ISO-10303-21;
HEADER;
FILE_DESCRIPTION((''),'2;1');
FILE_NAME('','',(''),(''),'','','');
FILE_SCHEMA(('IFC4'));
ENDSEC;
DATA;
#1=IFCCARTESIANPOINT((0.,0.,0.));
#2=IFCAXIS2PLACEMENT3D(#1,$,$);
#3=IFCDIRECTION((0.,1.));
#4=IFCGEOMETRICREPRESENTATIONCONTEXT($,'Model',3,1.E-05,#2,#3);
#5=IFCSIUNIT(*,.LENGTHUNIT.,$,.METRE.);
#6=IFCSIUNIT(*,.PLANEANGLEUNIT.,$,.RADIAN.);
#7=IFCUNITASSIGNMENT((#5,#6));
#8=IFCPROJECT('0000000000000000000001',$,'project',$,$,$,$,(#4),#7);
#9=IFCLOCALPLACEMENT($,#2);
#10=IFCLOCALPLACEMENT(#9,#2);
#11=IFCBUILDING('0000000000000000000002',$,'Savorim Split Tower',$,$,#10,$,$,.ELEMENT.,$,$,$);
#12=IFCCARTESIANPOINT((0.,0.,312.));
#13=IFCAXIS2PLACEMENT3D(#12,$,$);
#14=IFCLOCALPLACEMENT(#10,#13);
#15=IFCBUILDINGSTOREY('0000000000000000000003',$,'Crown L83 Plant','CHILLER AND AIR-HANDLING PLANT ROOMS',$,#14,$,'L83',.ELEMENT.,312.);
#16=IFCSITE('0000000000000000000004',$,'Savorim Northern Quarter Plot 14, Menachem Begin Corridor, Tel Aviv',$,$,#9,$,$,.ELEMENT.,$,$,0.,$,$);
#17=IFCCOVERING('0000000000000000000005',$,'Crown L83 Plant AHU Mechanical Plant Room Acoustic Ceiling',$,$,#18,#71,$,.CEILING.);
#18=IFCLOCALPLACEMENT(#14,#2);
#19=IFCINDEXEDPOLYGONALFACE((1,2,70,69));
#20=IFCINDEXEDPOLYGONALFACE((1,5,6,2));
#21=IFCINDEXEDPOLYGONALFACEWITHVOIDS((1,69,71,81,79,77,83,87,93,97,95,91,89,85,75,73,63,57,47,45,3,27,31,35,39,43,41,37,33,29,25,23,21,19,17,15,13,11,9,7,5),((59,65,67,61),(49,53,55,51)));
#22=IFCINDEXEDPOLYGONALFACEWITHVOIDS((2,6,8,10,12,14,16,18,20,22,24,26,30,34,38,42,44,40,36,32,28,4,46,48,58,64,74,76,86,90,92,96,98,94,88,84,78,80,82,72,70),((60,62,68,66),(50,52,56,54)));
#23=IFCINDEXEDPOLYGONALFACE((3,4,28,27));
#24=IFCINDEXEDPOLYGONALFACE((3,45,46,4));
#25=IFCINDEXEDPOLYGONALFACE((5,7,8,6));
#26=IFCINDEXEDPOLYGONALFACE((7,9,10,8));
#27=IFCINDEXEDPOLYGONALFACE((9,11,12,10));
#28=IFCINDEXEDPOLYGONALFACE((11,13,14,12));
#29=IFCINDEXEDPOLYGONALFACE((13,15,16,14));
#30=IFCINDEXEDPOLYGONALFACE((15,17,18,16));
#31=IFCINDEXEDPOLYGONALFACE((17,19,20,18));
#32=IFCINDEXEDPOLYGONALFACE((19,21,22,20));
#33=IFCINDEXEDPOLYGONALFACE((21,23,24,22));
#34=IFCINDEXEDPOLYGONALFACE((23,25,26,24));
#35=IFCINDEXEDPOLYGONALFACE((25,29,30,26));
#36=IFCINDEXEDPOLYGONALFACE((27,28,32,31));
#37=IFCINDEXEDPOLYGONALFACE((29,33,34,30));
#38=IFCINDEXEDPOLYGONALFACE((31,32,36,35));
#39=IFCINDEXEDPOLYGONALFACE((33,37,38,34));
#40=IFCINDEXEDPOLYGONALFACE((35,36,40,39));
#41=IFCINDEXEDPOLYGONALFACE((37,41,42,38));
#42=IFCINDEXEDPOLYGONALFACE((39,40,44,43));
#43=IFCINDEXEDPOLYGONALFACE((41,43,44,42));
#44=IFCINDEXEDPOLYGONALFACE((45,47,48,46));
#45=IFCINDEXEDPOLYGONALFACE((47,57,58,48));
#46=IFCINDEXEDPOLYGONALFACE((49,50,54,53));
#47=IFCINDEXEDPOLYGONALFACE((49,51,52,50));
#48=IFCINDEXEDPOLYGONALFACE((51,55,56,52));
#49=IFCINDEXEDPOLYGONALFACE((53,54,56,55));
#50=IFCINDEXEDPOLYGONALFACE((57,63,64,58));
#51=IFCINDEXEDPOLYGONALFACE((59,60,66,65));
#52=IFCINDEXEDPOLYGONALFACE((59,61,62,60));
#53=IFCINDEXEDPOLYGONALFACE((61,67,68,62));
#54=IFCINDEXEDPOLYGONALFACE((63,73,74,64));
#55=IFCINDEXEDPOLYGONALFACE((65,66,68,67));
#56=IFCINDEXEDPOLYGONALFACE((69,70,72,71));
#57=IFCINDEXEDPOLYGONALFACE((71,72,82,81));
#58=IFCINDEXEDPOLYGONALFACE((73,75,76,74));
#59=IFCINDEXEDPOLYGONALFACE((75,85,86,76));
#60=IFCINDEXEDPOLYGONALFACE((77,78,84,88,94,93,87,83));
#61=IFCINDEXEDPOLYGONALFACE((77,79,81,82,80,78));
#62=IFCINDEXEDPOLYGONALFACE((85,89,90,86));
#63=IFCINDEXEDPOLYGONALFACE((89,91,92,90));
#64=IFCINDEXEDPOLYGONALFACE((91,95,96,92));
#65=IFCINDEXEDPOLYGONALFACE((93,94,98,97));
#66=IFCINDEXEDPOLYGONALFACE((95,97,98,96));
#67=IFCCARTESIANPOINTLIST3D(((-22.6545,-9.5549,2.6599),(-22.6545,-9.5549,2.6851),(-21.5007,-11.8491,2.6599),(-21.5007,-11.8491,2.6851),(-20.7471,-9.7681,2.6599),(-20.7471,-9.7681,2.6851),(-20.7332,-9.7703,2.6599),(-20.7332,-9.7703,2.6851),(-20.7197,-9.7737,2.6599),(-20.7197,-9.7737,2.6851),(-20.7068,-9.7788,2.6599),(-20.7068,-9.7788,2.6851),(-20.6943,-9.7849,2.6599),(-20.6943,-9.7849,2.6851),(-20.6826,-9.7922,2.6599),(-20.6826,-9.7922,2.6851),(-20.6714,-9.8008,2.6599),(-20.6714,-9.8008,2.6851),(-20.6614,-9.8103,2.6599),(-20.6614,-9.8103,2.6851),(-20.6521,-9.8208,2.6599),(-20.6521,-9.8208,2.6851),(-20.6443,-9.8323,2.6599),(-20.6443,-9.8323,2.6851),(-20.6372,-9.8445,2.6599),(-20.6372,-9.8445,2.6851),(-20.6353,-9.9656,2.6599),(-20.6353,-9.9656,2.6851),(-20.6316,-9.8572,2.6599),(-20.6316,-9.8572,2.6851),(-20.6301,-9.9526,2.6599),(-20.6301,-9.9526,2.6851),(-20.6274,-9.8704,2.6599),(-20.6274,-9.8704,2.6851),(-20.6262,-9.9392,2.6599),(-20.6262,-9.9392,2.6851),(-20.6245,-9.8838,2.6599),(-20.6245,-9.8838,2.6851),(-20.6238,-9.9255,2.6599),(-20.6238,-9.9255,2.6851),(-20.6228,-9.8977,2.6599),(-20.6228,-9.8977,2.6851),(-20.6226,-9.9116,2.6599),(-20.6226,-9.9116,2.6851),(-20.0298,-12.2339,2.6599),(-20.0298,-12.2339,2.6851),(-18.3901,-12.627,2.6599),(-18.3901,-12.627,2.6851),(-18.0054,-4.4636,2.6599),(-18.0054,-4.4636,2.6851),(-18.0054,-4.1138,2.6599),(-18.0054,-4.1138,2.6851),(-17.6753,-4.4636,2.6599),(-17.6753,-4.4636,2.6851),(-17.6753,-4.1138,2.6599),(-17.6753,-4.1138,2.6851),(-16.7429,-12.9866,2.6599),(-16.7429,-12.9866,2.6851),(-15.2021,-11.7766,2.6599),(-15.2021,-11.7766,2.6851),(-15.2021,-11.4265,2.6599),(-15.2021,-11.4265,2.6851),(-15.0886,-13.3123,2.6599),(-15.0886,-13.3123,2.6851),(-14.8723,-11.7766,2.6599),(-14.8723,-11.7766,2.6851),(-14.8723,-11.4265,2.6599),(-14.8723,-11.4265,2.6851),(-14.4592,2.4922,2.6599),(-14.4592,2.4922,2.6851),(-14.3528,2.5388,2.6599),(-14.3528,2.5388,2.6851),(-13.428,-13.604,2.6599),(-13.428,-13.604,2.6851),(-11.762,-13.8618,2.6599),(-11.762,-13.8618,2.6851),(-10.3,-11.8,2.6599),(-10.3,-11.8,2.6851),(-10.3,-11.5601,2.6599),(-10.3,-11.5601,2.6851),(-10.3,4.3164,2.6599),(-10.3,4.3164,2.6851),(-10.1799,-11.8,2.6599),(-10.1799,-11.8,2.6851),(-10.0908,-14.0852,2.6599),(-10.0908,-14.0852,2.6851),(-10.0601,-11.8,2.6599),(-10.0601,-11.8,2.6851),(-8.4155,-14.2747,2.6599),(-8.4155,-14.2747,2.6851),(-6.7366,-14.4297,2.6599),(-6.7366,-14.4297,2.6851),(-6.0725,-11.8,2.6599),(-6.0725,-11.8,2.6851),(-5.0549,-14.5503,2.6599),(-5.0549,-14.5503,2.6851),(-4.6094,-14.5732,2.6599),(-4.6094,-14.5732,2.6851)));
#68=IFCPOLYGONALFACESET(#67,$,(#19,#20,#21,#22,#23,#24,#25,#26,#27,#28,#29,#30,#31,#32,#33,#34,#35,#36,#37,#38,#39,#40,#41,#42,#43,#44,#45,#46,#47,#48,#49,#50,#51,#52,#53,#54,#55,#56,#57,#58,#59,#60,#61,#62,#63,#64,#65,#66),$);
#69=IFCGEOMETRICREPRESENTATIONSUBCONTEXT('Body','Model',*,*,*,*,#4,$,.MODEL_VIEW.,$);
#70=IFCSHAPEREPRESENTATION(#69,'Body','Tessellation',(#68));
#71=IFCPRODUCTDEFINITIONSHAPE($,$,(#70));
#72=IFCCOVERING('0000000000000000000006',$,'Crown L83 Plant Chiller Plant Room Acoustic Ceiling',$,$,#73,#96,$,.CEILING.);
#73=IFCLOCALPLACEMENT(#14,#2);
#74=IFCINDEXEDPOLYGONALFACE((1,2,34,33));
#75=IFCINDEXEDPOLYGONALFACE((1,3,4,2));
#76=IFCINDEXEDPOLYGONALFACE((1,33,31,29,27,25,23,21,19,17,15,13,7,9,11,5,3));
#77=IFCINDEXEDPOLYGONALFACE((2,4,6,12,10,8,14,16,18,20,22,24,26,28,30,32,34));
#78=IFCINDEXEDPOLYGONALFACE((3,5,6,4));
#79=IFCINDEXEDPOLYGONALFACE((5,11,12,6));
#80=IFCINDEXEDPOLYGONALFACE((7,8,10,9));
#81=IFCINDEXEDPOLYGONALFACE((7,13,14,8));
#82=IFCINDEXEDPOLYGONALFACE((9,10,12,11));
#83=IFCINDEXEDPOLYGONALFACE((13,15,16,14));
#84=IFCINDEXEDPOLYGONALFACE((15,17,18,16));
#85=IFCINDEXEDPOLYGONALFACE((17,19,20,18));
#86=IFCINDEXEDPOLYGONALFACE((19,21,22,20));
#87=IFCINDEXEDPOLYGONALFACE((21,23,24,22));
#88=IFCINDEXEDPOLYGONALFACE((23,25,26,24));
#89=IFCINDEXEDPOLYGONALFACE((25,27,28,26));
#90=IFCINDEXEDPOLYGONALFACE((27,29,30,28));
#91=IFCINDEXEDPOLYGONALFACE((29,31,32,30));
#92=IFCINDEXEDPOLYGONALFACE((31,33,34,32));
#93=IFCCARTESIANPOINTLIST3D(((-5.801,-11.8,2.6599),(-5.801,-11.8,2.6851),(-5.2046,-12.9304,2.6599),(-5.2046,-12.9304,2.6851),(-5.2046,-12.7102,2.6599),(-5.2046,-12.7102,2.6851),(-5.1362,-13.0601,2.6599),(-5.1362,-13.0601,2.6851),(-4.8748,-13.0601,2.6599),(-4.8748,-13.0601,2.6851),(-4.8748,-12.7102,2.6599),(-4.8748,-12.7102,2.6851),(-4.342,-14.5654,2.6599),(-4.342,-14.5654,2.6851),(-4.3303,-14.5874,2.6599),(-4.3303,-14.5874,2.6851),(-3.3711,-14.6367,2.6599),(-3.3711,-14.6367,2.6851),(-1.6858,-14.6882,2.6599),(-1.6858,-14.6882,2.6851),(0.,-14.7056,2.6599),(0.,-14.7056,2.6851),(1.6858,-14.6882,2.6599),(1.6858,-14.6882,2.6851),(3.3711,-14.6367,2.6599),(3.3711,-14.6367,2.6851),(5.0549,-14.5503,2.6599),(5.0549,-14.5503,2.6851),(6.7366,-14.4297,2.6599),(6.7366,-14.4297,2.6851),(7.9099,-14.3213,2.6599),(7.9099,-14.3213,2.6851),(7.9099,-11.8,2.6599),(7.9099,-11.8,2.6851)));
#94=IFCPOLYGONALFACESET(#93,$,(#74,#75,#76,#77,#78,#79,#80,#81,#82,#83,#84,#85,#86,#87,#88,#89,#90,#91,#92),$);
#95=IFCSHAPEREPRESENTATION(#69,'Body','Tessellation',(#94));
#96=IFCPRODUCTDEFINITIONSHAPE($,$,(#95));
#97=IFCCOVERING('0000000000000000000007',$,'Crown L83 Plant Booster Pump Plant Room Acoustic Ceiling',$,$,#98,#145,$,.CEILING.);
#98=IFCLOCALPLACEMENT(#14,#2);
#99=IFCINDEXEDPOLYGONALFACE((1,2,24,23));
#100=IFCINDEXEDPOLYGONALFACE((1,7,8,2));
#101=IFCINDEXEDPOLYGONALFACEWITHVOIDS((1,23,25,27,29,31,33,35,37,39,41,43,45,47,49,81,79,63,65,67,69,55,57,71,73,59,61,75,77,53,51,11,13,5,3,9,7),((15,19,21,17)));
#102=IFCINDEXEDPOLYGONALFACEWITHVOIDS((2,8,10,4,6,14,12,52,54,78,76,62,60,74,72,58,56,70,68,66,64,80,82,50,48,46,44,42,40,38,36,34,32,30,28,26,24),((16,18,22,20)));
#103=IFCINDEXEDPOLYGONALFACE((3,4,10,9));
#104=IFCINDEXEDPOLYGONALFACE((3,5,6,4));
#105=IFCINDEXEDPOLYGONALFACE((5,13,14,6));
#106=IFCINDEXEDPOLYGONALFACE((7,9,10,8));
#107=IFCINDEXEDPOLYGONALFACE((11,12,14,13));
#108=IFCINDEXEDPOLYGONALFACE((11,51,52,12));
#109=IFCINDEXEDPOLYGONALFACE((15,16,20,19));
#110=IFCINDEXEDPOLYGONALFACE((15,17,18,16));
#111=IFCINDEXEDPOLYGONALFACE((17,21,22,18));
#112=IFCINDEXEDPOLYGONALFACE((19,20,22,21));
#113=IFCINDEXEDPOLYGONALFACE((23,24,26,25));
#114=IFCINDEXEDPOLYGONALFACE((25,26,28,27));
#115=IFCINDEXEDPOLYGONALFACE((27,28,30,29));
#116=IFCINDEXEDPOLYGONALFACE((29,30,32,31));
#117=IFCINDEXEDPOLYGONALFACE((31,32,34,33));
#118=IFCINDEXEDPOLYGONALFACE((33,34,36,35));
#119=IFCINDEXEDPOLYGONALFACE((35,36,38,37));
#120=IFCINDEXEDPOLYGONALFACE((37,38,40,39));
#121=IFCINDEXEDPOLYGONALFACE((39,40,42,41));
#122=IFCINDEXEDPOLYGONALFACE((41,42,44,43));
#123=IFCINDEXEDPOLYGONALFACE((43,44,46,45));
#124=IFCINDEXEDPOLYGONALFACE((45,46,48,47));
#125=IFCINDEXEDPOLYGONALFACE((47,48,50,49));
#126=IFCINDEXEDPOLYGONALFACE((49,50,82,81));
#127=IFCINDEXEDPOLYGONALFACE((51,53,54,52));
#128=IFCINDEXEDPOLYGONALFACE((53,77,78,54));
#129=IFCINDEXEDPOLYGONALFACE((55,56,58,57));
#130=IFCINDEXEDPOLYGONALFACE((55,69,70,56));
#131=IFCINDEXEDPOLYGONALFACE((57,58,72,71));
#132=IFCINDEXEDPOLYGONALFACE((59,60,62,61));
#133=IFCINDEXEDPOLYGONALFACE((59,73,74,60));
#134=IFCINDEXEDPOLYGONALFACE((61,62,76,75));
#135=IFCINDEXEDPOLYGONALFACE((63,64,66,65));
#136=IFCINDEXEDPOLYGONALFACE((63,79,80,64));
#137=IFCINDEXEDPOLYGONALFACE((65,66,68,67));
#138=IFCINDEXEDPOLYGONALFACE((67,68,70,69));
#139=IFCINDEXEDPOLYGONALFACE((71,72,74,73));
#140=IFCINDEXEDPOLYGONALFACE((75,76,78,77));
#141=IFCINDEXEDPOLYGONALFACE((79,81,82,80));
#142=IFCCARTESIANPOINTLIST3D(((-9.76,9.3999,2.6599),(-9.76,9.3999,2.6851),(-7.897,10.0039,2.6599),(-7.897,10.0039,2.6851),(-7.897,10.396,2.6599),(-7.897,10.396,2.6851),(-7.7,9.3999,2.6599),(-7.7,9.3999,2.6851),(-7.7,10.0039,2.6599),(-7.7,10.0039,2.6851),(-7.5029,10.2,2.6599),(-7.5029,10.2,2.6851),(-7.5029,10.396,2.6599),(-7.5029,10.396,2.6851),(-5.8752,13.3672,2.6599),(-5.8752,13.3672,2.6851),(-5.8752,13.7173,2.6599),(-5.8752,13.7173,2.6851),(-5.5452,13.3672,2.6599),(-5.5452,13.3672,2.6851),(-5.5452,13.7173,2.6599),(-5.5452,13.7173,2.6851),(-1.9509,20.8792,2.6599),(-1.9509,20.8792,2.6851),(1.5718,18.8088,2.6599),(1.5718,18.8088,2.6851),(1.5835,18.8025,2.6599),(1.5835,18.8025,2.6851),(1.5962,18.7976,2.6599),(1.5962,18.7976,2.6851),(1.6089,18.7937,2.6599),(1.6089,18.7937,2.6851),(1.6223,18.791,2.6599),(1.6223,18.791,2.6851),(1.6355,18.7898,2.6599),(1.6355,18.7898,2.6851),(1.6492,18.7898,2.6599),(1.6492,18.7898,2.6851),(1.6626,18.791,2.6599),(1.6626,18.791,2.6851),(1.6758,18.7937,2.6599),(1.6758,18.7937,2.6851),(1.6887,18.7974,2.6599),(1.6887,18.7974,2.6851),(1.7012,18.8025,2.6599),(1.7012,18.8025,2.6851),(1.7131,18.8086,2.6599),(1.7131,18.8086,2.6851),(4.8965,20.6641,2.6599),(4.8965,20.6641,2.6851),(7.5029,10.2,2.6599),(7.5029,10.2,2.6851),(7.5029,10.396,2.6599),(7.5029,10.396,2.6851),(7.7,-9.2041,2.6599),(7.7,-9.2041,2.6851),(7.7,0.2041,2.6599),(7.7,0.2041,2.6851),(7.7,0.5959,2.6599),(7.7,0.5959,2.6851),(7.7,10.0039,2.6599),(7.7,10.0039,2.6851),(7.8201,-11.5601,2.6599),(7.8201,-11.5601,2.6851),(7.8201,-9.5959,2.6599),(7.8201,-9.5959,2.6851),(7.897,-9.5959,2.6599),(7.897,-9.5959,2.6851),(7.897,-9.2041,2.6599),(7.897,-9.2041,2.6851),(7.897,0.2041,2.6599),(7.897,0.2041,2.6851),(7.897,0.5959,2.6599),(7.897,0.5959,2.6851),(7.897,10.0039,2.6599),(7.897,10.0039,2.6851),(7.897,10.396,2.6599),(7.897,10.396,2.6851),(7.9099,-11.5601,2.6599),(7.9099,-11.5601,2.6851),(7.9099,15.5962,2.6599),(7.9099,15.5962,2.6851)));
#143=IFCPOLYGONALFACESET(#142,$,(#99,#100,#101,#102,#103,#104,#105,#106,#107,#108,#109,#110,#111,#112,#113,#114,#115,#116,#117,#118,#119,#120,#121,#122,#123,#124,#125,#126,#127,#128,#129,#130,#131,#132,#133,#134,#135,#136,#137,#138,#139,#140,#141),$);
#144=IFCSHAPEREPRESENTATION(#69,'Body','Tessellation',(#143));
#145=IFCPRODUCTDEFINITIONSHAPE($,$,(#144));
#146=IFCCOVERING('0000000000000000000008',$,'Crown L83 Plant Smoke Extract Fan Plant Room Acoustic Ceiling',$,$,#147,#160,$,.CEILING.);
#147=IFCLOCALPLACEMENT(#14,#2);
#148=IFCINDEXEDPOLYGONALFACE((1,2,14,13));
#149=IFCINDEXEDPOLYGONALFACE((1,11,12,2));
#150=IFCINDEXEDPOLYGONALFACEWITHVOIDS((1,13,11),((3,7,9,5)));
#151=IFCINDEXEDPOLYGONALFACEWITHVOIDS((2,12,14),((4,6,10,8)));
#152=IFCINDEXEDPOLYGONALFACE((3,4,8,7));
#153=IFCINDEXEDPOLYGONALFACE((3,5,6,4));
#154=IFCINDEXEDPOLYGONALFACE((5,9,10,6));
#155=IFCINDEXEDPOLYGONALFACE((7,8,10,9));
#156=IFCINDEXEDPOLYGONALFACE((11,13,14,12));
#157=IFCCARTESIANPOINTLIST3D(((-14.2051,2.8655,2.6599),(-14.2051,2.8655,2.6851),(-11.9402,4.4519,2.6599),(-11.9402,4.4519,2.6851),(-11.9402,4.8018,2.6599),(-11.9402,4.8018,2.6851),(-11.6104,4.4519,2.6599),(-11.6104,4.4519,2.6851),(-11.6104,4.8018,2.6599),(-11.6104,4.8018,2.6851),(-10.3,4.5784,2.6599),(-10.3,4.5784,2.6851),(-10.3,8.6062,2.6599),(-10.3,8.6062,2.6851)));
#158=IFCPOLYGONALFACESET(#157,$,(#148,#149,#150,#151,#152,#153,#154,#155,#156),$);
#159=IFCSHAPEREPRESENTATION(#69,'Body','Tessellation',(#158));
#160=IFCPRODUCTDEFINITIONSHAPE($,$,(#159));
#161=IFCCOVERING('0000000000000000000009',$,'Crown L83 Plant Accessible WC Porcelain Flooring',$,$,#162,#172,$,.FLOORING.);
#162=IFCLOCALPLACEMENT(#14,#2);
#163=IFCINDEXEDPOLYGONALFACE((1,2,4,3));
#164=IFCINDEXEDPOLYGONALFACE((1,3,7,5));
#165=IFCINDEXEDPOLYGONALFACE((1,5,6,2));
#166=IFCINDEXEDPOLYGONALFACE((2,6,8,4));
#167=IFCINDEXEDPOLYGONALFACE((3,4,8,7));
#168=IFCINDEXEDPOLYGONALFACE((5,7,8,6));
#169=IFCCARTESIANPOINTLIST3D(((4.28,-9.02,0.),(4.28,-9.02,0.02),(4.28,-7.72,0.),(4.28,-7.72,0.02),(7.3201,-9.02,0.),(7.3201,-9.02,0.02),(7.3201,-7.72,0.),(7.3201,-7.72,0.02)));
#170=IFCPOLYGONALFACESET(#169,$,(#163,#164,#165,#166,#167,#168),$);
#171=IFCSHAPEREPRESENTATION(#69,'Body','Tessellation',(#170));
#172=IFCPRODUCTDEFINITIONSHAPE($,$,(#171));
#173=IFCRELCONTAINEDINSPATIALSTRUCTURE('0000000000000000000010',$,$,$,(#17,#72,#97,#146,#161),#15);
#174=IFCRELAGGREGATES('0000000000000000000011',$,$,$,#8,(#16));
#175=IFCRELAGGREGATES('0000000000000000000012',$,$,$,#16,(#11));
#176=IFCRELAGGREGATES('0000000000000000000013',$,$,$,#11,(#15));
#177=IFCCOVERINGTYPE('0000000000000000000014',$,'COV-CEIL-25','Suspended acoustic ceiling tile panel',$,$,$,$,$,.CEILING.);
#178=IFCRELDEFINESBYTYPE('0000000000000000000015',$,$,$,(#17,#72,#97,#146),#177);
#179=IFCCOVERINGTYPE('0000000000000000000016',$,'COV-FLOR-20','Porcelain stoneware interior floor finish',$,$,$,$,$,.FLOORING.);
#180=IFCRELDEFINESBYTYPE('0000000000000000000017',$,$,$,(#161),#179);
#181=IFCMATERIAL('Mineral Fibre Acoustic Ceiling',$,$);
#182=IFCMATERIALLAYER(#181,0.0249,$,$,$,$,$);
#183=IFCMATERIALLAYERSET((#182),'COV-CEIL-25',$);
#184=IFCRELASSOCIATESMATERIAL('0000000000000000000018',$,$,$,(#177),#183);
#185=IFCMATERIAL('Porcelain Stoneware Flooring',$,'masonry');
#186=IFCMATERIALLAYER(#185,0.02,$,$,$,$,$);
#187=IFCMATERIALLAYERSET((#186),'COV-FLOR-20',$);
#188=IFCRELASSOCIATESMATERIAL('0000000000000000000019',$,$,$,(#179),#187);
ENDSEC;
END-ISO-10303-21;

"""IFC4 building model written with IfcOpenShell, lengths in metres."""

from ifc_helpers import new_model, si_unit, direction, frame, origin, place, context, subcontext, project, spatial, polyline, outline, extrude, material, layer, layer_set, type_object, element, save


model = new_model("IFC4")

# Units and contexts
model_context = context("Model", 3, precision=1e-05, world=origin(), true_north=direction((0.0, 1.0)))
body_context = subcontext(model_context, "Body", "Model", "MODEL_VIEW")
ifc_project = project(units=[si_unit("LENGTHUNIT", "METRE"), si_unit("PLANEANGLEUNIT", "RADIAN")], contexts=[model_context])

# Site, building, storey
site_placement = place(None, origin())
site = spatial("IfcSite", under=ifc_project, at=site_placement, Name="Savorim Northern Quarter Plot 14, Menachem Begin Corridor, Tel Aviv", CompositionType="ELEMENT", RefElevation=0.0)
building_placement = place(site_placement, origin())
building = spatial("IfcBuilding", under=site, at=building_placement, Name="Savorim Split Tower", CompositionType="ELEMENT")
storey_placement = place(building_placement, frame((0.0, 0.0, 312.0)))
storey = spatial("IfcBuildingStorey", under=building, at=storey_placement, Name="Crown L83 Plant", Description="CHILLER AND AIR-HANDLING PLANT ROOMS", LongName="L83", CompositionType="ELEMENT", Elevation=312.0)

# Coverings
ifc_material_1 = material(Name="Mineral Fibre Acoustic Ceiling")
ifc_layer_1 = layer(ifc_material_1, 0.0249)
ifc_layer_set_1 = layer_set([ifc_layer_1], Name="COV-CEIL-25")
covering_type_1 = type_object("IfcCoveringType", Name="COV-CEIL-25", Description="Suspended acoustic ceiling tile panel", PredefinedType="CEILING", material=ifc_layer_set_1)
covering_1_placement = place(storey_placement, frame((0.0, 0.0, 2.6599)))
element("IfcCovering", 1, at=covering_1_placement, inside=storey, type_object=covering_type_1, Name="Crown L83 Plant AHU Mechanical Plant Room Acoustic Ceiling", PredefinedType="CEILING", context=body_context, shape_type="SweptSolid", body=[
    extrude(outline(polyline([(-8.4155, -14.2747), (-6.7366, -14.4297), (-5.0549, -14.5503), (-4.6094, -14.5732), (-6.0725, -11.8), (-10.0601, -11.8), (-10.1799, -11.8), (-10.3, -11.8), (-10.3, -11.5601), (-10.3, 4.3164), (-14.3528, 2.5388), (-14.4592, 2.4922), (-22.6545, -9.5549), (-20.7471, -9.7681), (-20.7332, -9.7703), (-20.7197, -9.7737), (-20.7068, -9.7788), (-20.6943, -9.7849), (-20.6826, -9.7922), (-20.6714, -9.8008), (-20.6614, -9.8103), (-20.6521, -9.8208), (-20.6443, -9.8323), (-20.6372, -9.8445), (-20.6316, -9.8572), (-20.6274, -9.8704), (-20.6245, -9.8838), (-20.6228, -9.8977), (-20.6226, -9.9116), (-20.6238, -9.9255), (-20.6262, -9.9392), (-20.6301, -9.9526), (-20.6353, -9.9656), (-21.5007, -11.8491), (-20.0298, -12.2339), (-18.3901, -12.627), (-16.7429, -12.9866), (-15.0886, -13.3123), (-13.428, -13.604), (-11.762, -13.8618), (-10.0908, -14.0852), (-8.4155, -14.2747)]), holes=[polyline([(-14.8723, -11.7766), (-14.8723, -11.4265), (-15.2021, -11.4265), (-15.2021, -11.7766), (-14.8723, -11.7766)]), polyline([(-17.6753, -4.4636), (-17.6753, -4.1138), (-18.0054, -4.1138), (-18.0054, -4.4636), (-17.6753, -4.4636)])]), origin(), (0.0, 0.0, 1.0), 0.0251),
])
covering_2_placement = place(storey_placement, frame((0.0, 0.0, 2.6599)))
element("IfcCovering", 2, at=covering_2_placement, inside=storey, type_object=covering_type_1, Name="Crown L83 Plant Chiller Plant Room Acoustic Ceiling", PredefinedType="CEILING", context=body_context, shape_type="SweptSolid", body=[
    extrude(outline(polyline([(3.3711, -14.6367), (5.0549, -14.5503), (6.7366, -14.4297), (7.9099, -14.3213), (7.9099, -11.8), (-5.801, -11.8), (-5.2046, -12.9304), (-5.2046, -12.7102), (-4.8748, -12.7102), (-4.8748, -13.0601), (-5.1362, -13.0601), (-4.342, -14.5654), (-4.3303, -14.5874), (-3.3711, -14.6367), (-1.6858, -14.6882), (0.0, -14.7056), (1.6858, -14.6882), (3.3711, -14.6367)])), origin(), (0.0, 0.0, 1.0), 0.0251),
])
covering_3_placement = place(storey_placement, frame((0.0, 0.0, 2.6599)))
element("IfcCovering", 3, at=covering_3_placement, inside=storey, type_object=covering_type_1, Name="Crown L83 Plant Booster Pump Plant Room Acoustic Ceiling", PredefinedType="CEILING", context=body_context, shape_type="SweptSolid", body=[
    extrude(outline(polyline([(1.5835, 18.8025), (1.5718, 18.8088), (-1.9509, 20.8792), (-9.76, 9.3999), (-7.7, 9.3999), (-7.7, 10.0039), (-7.897, 10.0039), (-7.897, 10.396), (-7.5029, 10.396), (-7.5029, 10.2), (7.5029, 10.2), (7.5029, 10.396), (7.897, 10.396), (7.897, 10.0039), (7.7, 10.0039), (7.7, 0.5959), (7.897, 0.5959), (7.897, 0.2041), (7.7, 0.2041), (7.7, -9.2041), (7.897, -9.2041), (7.897, -9.5959), (7.8201, -9.5959), (7.8201, -11.5601), (7.9099, -11.5601), (7.9099, 15.5962), (4.8965, 20.6641), (1.7131, 18.8086), (1.7012, 18.8025), (1.6887, 18.7974), (1.6758, 18.7937), (1.6626, 18.791), (1.6492, 18.7898), (1.6355, 18.7898), (1.6223, 18.791), (1.6089, 18.7937), (1.5962, 18.7976), (1.5835, 18.8025)]), holes=[polyline([(-5.5452, 13.7173), (-5.8752, 13.7173), (-5.8752, 13.3672), (-5.5452, 13.3672), (-5.5452, 13.7173)])]), origin(), (0.0, 0.0, 1.0), 0.0251),
])
covering_4_placement = place(storey_placement, frame((0.0, 0.0, 2.6599)))
element("IfcCovering", 4, at=covering_4_placement, inside=storey, type_object=covering_type_1, Name="Crown L83 Plant Smoke Extract Fan Plant Room Acoustic Ceiling", PredefinedType="CEILING", context=body_context, shape_type="SweptSolid", body=[
    extrude(outline(polyline([(-14.2051, 2.8655), (-10.3, 4.5784), (-10.3, 8.6062), (-14.2051, 2.8655)]), holes=[polyline([(-11.6104, 4.4519), (-11.6104, 4.8018), (-11.9402, 4.8018), (-11.9402, 4.4519), (-11.6104, 4.4519)])]), origin(), (0.0, 0.0, 1.0), 0.0251),
])
ifc_material_2 = material(Name="Porcelain Stoneware Flooring", Category="masonry")
ifc_layer_2 = layer(ifc_material_2, 0.02)
ifc_layer_set_2 = layer_set([ifc_layer_2], Name="COV-FLOR-20")
covering_type_2 = type_object("IfcCoveringType", Name="COV-FLOR-20", Description="Porcelain stoneware interior floor finish", PredefinedType="FLOORING", material=ifc_layer_set_2)
covering_5_placement = place(storey_placement, origin())
element("IfcCovering", 5, at=covering_5_placement, inside=storey, type_object=covering_type_2, Name="Crown L83 Plant Accessible WC Porcelain Flooring", PredefinedType="FLOORING", context=body_context, shape_type="SweptSolid", body=[
    extrude(outline(polyline([(4.28, -7.72), (4.28, -9.02), (7.3201, -9.02), (7.3201, -7.72), (4.28, -7.72)])), origin(), (0.0, 0.0, 1.0), 0.02),
])

save(model, "model.ifc")
